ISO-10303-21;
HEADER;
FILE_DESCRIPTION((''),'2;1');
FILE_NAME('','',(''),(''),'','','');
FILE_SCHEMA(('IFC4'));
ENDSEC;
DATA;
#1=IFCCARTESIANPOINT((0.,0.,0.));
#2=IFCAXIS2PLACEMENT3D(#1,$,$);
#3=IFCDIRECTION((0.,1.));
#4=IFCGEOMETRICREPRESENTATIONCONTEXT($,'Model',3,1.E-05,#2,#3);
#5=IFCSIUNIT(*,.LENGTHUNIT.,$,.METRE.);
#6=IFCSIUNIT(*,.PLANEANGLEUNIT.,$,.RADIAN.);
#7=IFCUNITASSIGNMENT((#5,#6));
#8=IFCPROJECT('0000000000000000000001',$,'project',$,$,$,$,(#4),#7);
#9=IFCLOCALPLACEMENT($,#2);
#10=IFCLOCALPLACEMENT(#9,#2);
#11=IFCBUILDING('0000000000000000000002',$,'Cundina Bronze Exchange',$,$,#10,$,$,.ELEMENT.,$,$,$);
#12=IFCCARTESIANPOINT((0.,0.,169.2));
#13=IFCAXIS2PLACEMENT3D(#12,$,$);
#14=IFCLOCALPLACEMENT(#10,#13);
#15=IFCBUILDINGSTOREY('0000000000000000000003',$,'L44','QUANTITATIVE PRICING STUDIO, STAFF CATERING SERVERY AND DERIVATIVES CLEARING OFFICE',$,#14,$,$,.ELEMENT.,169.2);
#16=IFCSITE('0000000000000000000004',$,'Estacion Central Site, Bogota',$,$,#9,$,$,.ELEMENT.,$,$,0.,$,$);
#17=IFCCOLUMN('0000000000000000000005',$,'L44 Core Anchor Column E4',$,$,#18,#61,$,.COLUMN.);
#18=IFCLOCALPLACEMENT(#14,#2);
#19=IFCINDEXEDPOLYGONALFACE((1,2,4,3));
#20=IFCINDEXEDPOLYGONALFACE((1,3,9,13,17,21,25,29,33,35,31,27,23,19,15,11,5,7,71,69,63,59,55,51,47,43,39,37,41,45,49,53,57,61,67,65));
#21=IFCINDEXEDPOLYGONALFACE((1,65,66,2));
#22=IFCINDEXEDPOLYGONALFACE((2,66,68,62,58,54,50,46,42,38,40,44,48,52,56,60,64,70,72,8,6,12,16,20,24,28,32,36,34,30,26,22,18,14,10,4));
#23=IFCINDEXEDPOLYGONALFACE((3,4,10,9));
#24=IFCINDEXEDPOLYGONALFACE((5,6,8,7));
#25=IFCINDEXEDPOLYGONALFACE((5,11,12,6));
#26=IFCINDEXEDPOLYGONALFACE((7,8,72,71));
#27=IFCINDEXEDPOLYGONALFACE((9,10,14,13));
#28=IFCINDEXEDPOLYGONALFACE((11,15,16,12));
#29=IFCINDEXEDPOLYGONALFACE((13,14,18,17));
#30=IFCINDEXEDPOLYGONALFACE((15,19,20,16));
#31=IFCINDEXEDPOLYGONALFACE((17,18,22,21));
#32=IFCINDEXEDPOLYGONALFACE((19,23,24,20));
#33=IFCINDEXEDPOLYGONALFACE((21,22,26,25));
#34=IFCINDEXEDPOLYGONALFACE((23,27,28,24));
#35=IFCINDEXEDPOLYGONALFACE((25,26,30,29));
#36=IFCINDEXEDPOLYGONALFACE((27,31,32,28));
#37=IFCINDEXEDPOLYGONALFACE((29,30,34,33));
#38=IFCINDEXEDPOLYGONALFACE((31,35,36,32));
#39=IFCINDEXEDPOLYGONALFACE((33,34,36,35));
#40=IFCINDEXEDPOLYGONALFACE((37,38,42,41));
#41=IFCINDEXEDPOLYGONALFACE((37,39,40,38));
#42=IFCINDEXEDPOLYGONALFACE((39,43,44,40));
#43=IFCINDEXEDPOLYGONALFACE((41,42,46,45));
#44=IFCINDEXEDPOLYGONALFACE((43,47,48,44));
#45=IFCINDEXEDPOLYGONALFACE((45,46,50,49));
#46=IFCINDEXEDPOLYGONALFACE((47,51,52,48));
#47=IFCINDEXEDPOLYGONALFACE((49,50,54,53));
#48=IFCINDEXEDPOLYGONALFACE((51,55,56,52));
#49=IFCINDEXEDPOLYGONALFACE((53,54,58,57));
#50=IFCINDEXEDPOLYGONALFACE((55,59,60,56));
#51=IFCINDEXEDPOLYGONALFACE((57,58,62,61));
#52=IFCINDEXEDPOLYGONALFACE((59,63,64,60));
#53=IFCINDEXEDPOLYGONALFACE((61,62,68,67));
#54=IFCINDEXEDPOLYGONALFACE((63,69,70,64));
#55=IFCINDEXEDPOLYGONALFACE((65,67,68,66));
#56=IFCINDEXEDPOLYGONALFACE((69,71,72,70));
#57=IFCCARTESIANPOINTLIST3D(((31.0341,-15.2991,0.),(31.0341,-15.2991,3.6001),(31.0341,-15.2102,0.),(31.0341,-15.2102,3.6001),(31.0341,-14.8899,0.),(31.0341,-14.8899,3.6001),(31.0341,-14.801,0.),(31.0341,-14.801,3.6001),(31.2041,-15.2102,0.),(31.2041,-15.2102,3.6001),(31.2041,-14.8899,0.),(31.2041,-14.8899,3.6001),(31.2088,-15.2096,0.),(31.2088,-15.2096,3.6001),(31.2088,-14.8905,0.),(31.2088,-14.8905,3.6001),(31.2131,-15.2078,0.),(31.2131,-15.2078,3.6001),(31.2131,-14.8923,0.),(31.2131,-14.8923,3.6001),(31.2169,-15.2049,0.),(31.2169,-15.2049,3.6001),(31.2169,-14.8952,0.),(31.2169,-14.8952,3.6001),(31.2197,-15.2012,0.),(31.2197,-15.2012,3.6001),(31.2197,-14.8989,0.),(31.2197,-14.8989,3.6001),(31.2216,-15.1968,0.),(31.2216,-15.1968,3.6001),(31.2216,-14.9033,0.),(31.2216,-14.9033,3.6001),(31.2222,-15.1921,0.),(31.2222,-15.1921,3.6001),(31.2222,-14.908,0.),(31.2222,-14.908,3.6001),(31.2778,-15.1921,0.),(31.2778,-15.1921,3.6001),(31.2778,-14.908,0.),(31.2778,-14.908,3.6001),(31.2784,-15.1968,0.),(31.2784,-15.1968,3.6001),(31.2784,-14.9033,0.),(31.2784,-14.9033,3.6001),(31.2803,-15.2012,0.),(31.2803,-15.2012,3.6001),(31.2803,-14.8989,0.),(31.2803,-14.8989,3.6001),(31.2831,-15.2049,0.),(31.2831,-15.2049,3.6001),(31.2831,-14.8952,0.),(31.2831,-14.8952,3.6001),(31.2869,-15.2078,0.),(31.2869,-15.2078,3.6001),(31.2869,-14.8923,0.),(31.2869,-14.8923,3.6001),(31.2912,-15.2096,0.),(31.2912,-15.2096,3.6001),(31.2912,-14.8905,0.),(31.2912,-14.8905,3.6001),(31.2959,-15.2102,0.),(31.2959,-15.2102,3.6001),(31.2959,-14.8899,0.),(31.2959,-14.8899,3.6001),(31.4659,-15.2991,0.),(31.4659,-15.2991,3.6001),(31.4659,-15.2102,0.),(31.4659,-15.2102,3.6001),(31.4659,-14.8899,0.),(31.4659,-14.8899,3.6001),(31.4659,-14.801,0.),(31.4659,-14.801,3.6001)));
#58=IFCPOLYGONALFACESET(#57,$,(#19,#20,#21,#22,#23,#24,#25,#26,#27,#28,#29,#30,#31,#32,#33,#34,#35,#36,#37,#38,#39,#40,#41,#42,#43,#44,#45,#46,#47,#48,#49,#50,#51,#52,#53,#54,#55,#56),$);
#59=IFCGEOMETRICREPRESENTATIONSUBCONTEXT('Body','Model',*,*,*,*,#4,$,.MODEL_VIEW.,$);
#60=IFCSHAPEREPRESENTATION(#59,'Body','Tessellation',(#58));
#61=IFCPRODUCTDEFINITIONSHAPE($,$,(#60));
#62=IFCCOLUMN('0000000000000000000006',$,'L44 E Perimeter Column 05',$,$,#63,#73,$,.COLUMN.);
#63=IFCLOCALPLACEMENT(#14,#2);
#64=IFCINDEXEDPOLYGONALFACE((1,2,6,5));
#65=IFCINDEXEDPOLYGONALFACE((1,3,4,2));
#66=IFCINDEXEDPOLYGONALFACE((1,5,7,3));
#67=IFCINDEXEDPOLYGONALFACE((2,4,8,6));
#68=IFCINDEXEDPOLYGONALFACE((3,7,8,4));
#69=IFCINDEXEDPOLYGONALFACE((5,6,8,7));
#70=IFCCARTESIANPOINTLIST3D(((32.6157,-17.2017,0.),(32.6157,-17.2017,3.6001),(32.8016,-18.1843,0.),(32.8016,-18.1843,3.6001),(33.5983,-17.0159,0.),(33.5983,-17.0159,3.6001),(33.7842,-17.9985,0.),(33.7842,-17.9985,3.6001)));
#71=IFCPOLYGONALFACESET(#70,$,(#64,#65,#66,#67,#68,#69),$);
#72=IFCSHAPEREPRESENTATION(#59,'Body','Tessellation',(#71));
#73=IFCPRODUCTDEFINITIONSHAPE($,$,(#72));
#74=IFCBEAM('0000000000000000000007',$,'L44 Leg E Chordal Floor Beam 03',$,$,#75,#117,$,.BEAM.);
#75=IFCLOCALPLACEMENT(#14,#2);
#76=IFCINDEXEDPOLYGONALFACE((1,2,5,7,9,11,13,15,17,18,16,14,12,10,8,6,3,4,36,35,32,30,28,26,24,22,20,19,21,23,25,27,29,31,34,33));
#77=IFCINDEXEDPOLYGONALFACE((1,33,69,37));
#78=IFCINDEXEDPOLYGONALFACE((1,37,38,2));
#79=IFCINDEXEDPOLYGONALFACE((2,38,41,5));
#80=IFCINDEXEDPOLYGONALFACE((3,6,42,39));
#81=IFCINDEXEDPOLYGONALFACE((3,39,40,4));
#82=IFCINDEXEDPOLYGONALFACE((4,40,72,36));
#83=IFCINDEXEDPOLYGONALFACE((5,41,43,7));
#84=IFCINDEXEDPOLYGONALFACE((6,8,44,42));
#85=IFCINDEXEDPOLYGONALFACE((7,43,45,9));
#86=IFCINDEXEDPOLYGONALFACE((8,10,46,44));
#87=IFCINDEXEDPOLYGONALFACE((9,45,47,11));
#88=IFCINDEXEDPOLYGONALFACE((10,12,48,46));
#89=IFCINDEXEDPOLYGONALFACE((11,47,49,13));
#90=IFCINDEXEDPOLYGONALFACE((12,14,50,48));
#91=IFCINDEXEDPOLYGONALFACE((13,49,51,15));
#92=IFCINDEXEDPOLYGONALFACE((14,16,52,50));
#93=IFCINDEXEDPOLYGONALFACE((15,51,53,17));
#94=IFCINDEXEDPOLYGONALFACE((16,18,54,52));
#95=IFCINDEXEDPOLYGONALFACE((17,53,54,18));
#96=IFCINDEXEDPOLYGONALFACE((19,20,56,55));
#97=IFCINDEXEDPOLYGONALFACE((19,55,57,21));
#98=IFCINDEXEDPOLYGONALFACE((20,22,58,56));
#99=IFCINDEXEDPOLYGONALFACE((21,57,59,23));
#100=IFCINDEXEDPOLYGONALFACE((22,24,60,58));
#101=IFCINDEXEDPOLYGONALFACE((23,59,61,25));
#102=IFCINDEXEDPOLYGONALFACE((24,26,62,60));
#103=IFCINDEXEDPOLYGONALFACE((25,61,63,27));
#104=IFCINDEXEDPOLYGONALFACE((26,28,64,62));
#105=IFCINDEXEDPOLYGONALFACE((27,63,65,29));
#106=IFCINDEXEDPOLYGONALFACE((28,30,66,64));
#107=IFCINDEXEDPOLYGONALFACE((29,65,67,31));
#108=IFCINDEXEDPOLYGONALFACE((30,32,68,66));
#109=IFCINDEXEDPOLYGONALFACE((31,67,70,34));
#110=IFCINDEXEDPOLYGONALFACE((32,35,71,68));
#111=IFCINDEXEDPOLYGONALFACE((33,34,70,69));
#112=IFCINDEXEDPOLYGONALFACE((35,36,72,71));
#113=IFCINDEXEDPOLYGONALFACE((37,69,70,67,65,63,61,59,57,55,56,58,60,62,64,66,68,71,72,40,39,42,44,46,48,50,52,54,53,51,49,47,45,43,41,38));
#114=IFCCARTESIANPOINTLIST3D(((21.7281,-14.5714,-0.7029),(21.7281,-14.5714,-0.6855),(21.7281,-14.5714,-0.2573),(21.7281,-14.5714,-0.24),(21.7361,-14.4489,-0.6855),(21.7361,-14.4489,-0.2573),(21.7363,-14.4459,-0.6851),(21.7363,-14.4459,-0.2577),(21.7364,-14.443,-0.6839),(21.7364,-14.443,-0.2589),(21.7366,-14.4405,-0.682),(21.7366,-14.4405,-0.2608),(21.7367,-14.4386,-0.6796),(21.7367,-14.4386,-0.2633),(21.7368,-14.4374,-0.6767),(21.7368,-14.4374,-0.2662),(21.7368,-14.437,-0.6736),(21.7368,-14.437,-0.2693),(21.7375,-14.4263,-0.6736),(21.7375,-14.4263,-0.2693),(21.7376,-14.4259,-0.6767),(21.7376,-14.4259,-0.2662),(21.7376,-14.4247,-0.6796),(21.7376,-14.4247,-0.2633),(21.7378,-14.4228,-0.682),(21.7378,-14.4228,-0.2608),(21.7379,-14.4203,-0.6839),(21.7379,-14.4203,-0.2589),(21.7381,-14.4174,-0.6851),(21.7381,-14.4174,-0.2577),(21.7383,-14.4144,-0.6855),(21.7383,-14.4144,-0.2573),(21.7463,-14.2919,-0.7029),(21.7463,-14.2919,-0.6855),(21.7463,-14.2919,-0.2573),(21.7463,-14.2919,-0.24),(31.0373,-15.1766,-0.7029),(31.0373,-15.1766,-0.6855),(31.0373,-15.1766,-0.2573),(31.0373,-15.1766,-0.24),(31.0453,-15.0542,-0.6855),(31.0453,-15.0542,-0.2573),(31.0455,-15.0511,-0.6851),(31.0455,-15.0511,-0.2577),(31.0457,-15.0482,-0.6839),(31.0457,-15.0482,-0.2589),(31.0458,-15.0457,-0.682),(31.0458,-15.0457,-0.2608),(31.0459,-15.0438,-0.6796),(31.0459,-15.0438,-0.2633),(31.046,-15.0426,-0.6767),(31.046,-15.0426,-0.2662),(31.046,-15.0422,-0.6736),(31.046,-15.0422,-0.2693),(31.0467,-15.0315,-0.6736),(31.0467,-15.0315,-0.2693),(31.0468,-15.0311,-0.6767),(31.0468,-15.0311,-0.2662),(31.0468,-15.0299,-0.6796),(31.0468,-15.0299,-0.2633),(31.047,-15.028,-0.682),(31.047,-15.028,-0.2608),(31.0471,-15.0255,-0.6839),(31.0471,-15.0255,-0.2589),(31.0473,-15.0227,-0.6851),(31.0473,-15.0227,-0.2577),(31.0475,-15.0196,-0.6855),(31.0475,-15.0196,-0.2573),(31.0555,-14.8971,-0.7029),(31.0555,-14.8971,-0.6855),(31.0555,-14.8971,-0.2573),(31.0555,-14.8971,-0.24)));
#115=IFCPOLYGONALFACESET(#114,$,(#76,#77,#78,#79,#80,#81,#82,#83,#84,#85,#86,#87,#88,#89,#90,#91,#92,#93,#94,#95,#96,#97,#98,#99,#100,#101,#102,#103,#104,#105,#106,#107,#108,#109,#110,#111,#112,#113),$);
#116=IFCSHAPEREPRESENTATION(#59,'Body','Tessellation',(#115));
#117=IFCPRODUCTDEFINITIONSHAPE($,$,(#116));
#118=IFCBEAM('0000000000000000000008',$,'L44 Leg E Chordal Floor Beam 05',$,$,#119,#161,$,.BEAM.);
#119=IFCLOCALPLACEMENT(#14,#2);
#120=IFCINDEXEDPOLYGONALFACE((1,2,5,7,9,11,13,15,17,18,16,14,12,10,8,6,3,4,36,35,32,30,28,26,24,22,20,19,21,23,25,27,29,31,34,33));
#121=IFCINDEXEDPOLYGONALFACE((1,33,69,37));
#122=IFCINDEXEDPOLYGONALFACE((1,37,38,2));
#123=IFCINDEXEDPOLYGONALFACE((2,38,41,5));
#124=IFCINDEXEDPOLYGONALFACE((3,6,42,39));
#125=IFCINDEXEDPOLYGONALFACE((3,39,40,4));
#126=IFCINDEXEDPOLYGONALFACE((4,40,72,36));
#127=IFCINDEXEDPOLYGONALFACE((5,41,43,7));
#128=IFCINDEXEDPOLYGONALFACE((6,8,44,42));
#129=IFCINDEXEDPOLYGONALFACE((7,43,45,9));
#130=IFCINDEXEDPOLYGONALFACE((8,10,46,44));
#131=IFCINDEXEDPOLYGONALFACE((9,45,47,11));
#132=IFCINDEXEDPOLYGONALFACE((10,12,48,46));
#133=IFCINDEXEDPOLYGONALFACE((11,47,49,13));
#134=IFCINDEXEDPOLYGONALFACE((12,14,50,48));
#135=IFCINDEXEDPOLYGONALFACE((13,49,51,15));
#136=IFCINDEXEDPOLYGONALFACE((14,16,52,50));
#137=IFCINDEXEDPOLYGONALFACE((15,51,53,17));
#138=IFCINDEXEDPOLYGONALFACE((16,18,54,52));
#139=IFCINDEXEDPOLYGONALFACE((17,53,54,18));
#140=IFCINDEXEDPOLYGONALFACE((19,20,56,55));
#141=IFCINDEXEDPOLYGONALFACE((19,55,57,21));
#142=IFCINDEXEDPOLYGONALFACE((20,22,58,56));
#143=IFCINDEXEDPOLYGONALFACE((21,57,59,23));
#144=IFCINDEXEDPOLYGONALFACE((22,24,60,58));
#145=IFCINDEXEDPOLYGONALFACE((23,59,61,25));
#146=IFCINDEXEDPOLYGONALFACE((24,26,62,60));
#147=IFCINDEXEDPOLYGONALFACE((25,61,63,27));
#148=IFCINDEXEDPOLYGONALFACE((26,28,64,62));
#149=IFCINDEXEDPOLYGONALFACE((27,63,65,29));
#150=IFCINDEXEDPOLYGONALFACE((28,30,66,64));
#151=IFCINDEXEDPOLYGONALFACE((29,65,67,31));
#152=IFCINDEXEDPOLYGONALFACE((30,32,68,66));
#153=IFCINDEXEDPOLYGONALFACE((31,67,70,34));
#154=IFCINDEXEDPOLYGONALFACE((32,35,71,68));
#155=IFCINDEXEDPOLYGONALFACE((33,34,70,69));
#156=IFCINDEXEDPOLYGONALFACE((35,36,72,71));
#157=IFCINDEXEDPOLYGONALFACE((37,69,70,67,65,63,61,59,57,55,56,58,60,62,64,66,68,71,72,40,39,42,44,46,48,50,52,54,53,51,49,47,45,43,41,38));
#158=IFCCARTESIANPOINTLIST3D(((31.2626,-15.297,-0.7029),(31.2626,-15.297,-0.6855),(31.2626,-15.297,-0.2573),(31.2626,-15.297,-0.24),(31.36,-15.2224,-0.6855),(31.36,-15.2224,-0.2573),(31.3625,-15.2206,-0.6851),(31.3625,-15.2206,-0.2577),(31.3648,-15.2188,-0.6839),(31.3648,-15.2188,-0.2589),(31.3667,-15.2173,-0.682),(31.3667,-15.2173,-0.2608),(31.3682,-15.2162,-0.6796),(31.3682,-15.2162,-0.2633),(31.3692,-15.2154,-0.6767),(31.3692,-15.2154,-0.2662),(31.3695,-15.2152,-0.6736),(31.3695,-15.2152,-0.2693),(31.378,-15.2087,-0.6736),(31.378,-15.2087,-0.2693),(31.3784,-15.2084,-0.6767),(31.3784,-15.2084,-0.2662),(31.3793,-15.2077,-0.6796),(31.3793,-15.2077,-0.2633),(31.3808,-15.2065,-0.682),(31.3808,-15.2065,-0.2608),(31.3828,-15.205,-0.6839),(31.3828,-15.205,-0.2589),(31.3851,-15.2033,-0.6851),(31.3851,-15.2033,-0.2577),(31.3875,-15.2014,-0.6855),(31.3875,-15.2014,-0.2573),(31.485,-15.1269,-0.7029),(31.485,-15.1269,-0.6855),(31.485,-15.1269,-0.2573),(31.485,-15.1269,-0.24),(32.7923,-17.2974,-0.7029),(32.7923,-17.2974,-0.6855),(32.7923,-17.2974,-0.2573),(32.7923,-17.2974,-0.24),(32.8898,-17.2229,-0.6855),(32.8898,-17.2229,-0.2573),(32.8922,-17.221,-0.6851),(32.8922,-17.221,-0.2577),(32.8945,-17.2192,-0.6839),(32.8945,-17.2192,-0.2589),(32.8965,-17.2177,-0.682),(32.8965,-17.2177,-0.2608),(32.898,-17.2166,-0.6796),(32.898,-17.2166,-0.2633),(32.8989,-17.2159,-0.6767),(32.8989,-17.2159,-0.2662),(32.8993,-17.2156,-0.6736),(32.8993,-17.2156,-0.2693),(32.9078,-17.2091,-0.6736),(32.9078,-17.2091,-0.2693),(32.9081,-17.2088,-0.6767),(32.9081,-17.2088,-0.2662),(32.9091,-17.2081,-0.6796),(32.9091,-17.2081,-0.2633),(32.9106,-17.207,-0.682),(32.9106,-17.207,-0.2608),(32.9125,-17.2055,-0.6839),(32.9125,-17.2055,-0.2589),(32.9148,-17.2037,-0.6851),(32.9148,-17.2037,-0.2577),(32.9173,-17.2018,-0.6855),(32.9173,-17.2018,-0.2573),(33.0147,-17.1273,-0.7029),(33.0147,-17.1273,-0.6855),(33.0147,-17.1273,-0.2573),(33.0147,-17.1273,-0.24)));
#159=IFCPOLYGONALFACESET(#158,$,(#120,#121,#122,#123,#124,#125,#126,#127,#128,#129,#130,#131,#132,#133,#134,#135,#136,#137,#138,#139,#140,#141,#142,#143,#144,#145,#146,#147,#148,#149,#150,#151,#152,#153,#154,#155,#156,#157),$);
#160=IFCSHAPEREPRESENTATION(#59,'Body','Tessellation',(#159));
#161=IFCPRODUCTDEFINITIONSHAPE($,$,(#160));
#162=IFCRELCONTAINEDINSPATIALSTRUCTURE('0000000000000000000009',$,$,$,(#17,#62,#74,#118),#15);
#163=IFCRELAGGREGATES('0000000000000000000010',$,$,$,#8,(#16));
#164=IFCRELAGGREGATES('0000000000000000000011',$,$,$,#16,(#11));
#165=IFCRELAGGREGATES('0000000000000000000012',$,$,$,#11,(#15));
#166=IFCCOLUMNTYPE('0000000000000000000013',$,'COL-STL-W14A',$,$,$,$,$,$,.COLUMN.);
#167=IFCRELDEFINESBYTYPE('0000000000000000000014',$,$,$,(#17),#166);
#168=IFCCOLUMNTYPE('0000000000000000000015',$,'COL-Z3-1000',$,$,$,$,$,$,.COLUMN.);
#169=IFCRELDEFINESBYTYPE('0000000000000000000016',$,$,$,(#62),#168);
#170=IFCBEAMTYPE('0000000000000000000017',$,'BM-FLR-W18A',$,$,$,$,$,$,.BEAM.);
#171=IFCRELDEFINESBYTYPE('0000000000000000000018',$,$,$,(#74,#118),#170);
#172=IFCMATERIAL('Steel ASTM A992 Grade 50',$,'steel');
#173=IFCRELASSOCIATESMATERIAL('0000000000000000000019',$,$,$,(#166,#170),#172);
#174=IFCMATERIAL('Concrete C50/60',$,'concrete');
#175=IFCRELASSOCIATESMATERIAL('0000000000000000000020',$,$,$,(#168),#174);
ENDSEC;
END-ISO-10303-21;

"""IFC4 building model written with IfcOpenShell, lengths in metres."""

from ifc_helpers import new_model, si_unit, direction, frame, origin, origin_2d, place, context, subcontext, project, spatial, rectangle, i_section, extrude, material, material_profile, profile_set, type_object, element, save


model = new_model("IFC4")

# Units and contexts
model_context = context("Model", 3, precision=1e-05, world=origin(), true_north=direction((0.0, 1.0)))
body_context = subcontext(model_context, "Body", "Model", "MODEL_VIEW")
ifc_project = project(units=[si_unit("LENGTHUNIT", "METRE"), si_unit("PLANEANGLEUNIT", "RADIAN")], contexts=[model_context])

# Site, building, storey
site_placement = place(None, origin())
site = spatial("IfcSite", under=ifc_project, at=site_placement, Name="Estacion Central Site, Bogota", CompositionType="ELEMENT", RefElevation=0.0)
building_placement = place(site_placement, origin())
building = spatial("IfcBuilding", under=site, at=building_placement, Name="Cundina Bronze Exchange", CompositionType="ELEMENT")
storey_placement = place(building_placement, frame((0.0, 0.0, 169.2)))
storey = spatial("IfcBuildingStorey", under=building, at=storey_placement, Name="L44", Description="QUANTITATIVE PRICING STUDIO, STAFF CATERING SERVERY AND DERIVATIVES CLEARING OFFICE", CompositionType="ELEMENT", Elevation=169.2)

# Columns
ifc_material_1 = material(Name="Steel ASTM A992 Grade 50", Category="steel")
ifc_material_profile_1 = material_profile(ifc_material_1, i_section(OverallWidth=0.4319, OverallDepth=0.498, WebThickness=0.0557, FlangeThickness=0.0889, FilletRadius=0.0181, at=origin_2d()), Name="W14X500", Category="steel")
ifc_profile_set_1 = profile_set([ifc_material_profile_1], Name="Steel ASTM A992 Grade 50")
column_type_1 = type_object("IfcColumnType", Name="COL-STL-W14A", PredefinedType="COLUMN", material=ifc_profile_set_1)
column_1_placement = place(storey_placement, frame((31.25, -15.05, 0.0), z_axis=(0.0, 0.0, 1.0), x_axis=(1.0, 0.0, 0.0)))
element("IfcColumn", 1, at=column_1_placement, inside=storey, type_object=column_type_1, Name="L44 Core Anchor Column E4", PredefinedType="COLUMN", context=body_context, shape_type="SweptSolid", body=[
    extrude(i_section(OverallWidth=0.4319, OverallDepth=0.498, WebThickness=0.0557, FlangeThickness=0.0889, FilletRadius=0.0181, at=origin_2d()), origin(), (0.0, 0.0, 1.0), 3.6001),
])
ifc_material_2 = material(Name="Concrete C50/60", Category="concrete")
ifc_material_profile_2 = material_profile(ifc_material_2, rectangle(XDim=1.0, YDim=1.0, at=origin_2d()), Name="RC1000X1000", Category="concrete")
ifc_profile_set_2 = profile_set([ifc_material_profile_2], Name="Concrete C50/60")
column_type_2 = type_object("IfcColumnType", Name="COL-Z3-1000", PredefinedType="COLUMN", material=ifc_profile_set_2)
column_2_placement = place(storey_placement, frame((33.2, -17.6001, 0.0), z_axis=(0.0, 0.0, 1.0), x_axis=(0.98258, 0.185838, 0.0)))
element("IfcColumn", 2, at=column_2_placement, inside=storey, type_object=column_type_2, Name="L44 E Perimeter Column 05", PredefinedType="COLUMN", context=body_context, shape_type="SweptSolid", body=[
    extrude(rectangle(XDim=1.0, YDim=1.0, at=origin_2d()), origin(), (0.0, 0.0, 1.0), 3.6001),
])

# Beams
ifc_material_profile_3 = material_profile(ifc_material_1, i_section(OverallWidth=0.28, OverallDepth=0.4629, WebThickness=0.0107, FlangeThickness=0.0173, FilletRadius=0.012, at=origin_2d()), Name="W18X76", Category="steel")
ifc_profile_set_3 = profile_set([ifc_material_profile_3], Name="Steel ASTM A992 Grade 50")
beam_type_1 = type_object("IfcBeamType", Name="BM-FLR-W18A", PredefinedType="BEAM", material=ifc_profile_set_3)
beam_1_placement = place(storey_placement, frame((31.0464, -15.0369, -0.4714), z_axis=(-0.997893, 0.064876, 0.0), x_axis=(-0.064876, -0.997893, 0.0)))
element("IfcBeam", 3, at=beam_1_placement, inside=storey, type_object=beam_type_1, Name="L44 Leg E Chordal Floor Beam 03", PredefinedType="BEAM", context=body_context, shape_type="SweptSolid", body=[
    extrude(i_section(OverallWidth=0.28, OverallDepth=0.4629, WebThickness=0.0107, FlangeThickness=0.0173, FilletRadius=0.012, at=origin_2d()), origin(), (0.0, 0.0, 1.0), 9.3289),
])
beam_2_placement = place(storey_placement, frame((31.3738, -15.2119, -0.4714), z_axis=(0.60745, -0.794358, 0.0), x_axis=(0.794358, 0.60745, 0.0)))
element("IfcBeam", 4, at=beam_2_placement, inside=storey, type_object=beam_type_1, Name="L44 Leg E Chordal Floor Beam 05", PredefinedType="BEAM", context=body_context, shape_type="SweptSolid", body=[
    extrude(i_section(OverallWidth=0.28, OverallDepth=0.4629, WebThickness=0.0107, FlangeThickness=0.0173, FilletRadius=0.012, at=origin_2d()), origin(), (0.0, 0.0, 1.0), 2.5183),
])

save(model, "model.ifc")
